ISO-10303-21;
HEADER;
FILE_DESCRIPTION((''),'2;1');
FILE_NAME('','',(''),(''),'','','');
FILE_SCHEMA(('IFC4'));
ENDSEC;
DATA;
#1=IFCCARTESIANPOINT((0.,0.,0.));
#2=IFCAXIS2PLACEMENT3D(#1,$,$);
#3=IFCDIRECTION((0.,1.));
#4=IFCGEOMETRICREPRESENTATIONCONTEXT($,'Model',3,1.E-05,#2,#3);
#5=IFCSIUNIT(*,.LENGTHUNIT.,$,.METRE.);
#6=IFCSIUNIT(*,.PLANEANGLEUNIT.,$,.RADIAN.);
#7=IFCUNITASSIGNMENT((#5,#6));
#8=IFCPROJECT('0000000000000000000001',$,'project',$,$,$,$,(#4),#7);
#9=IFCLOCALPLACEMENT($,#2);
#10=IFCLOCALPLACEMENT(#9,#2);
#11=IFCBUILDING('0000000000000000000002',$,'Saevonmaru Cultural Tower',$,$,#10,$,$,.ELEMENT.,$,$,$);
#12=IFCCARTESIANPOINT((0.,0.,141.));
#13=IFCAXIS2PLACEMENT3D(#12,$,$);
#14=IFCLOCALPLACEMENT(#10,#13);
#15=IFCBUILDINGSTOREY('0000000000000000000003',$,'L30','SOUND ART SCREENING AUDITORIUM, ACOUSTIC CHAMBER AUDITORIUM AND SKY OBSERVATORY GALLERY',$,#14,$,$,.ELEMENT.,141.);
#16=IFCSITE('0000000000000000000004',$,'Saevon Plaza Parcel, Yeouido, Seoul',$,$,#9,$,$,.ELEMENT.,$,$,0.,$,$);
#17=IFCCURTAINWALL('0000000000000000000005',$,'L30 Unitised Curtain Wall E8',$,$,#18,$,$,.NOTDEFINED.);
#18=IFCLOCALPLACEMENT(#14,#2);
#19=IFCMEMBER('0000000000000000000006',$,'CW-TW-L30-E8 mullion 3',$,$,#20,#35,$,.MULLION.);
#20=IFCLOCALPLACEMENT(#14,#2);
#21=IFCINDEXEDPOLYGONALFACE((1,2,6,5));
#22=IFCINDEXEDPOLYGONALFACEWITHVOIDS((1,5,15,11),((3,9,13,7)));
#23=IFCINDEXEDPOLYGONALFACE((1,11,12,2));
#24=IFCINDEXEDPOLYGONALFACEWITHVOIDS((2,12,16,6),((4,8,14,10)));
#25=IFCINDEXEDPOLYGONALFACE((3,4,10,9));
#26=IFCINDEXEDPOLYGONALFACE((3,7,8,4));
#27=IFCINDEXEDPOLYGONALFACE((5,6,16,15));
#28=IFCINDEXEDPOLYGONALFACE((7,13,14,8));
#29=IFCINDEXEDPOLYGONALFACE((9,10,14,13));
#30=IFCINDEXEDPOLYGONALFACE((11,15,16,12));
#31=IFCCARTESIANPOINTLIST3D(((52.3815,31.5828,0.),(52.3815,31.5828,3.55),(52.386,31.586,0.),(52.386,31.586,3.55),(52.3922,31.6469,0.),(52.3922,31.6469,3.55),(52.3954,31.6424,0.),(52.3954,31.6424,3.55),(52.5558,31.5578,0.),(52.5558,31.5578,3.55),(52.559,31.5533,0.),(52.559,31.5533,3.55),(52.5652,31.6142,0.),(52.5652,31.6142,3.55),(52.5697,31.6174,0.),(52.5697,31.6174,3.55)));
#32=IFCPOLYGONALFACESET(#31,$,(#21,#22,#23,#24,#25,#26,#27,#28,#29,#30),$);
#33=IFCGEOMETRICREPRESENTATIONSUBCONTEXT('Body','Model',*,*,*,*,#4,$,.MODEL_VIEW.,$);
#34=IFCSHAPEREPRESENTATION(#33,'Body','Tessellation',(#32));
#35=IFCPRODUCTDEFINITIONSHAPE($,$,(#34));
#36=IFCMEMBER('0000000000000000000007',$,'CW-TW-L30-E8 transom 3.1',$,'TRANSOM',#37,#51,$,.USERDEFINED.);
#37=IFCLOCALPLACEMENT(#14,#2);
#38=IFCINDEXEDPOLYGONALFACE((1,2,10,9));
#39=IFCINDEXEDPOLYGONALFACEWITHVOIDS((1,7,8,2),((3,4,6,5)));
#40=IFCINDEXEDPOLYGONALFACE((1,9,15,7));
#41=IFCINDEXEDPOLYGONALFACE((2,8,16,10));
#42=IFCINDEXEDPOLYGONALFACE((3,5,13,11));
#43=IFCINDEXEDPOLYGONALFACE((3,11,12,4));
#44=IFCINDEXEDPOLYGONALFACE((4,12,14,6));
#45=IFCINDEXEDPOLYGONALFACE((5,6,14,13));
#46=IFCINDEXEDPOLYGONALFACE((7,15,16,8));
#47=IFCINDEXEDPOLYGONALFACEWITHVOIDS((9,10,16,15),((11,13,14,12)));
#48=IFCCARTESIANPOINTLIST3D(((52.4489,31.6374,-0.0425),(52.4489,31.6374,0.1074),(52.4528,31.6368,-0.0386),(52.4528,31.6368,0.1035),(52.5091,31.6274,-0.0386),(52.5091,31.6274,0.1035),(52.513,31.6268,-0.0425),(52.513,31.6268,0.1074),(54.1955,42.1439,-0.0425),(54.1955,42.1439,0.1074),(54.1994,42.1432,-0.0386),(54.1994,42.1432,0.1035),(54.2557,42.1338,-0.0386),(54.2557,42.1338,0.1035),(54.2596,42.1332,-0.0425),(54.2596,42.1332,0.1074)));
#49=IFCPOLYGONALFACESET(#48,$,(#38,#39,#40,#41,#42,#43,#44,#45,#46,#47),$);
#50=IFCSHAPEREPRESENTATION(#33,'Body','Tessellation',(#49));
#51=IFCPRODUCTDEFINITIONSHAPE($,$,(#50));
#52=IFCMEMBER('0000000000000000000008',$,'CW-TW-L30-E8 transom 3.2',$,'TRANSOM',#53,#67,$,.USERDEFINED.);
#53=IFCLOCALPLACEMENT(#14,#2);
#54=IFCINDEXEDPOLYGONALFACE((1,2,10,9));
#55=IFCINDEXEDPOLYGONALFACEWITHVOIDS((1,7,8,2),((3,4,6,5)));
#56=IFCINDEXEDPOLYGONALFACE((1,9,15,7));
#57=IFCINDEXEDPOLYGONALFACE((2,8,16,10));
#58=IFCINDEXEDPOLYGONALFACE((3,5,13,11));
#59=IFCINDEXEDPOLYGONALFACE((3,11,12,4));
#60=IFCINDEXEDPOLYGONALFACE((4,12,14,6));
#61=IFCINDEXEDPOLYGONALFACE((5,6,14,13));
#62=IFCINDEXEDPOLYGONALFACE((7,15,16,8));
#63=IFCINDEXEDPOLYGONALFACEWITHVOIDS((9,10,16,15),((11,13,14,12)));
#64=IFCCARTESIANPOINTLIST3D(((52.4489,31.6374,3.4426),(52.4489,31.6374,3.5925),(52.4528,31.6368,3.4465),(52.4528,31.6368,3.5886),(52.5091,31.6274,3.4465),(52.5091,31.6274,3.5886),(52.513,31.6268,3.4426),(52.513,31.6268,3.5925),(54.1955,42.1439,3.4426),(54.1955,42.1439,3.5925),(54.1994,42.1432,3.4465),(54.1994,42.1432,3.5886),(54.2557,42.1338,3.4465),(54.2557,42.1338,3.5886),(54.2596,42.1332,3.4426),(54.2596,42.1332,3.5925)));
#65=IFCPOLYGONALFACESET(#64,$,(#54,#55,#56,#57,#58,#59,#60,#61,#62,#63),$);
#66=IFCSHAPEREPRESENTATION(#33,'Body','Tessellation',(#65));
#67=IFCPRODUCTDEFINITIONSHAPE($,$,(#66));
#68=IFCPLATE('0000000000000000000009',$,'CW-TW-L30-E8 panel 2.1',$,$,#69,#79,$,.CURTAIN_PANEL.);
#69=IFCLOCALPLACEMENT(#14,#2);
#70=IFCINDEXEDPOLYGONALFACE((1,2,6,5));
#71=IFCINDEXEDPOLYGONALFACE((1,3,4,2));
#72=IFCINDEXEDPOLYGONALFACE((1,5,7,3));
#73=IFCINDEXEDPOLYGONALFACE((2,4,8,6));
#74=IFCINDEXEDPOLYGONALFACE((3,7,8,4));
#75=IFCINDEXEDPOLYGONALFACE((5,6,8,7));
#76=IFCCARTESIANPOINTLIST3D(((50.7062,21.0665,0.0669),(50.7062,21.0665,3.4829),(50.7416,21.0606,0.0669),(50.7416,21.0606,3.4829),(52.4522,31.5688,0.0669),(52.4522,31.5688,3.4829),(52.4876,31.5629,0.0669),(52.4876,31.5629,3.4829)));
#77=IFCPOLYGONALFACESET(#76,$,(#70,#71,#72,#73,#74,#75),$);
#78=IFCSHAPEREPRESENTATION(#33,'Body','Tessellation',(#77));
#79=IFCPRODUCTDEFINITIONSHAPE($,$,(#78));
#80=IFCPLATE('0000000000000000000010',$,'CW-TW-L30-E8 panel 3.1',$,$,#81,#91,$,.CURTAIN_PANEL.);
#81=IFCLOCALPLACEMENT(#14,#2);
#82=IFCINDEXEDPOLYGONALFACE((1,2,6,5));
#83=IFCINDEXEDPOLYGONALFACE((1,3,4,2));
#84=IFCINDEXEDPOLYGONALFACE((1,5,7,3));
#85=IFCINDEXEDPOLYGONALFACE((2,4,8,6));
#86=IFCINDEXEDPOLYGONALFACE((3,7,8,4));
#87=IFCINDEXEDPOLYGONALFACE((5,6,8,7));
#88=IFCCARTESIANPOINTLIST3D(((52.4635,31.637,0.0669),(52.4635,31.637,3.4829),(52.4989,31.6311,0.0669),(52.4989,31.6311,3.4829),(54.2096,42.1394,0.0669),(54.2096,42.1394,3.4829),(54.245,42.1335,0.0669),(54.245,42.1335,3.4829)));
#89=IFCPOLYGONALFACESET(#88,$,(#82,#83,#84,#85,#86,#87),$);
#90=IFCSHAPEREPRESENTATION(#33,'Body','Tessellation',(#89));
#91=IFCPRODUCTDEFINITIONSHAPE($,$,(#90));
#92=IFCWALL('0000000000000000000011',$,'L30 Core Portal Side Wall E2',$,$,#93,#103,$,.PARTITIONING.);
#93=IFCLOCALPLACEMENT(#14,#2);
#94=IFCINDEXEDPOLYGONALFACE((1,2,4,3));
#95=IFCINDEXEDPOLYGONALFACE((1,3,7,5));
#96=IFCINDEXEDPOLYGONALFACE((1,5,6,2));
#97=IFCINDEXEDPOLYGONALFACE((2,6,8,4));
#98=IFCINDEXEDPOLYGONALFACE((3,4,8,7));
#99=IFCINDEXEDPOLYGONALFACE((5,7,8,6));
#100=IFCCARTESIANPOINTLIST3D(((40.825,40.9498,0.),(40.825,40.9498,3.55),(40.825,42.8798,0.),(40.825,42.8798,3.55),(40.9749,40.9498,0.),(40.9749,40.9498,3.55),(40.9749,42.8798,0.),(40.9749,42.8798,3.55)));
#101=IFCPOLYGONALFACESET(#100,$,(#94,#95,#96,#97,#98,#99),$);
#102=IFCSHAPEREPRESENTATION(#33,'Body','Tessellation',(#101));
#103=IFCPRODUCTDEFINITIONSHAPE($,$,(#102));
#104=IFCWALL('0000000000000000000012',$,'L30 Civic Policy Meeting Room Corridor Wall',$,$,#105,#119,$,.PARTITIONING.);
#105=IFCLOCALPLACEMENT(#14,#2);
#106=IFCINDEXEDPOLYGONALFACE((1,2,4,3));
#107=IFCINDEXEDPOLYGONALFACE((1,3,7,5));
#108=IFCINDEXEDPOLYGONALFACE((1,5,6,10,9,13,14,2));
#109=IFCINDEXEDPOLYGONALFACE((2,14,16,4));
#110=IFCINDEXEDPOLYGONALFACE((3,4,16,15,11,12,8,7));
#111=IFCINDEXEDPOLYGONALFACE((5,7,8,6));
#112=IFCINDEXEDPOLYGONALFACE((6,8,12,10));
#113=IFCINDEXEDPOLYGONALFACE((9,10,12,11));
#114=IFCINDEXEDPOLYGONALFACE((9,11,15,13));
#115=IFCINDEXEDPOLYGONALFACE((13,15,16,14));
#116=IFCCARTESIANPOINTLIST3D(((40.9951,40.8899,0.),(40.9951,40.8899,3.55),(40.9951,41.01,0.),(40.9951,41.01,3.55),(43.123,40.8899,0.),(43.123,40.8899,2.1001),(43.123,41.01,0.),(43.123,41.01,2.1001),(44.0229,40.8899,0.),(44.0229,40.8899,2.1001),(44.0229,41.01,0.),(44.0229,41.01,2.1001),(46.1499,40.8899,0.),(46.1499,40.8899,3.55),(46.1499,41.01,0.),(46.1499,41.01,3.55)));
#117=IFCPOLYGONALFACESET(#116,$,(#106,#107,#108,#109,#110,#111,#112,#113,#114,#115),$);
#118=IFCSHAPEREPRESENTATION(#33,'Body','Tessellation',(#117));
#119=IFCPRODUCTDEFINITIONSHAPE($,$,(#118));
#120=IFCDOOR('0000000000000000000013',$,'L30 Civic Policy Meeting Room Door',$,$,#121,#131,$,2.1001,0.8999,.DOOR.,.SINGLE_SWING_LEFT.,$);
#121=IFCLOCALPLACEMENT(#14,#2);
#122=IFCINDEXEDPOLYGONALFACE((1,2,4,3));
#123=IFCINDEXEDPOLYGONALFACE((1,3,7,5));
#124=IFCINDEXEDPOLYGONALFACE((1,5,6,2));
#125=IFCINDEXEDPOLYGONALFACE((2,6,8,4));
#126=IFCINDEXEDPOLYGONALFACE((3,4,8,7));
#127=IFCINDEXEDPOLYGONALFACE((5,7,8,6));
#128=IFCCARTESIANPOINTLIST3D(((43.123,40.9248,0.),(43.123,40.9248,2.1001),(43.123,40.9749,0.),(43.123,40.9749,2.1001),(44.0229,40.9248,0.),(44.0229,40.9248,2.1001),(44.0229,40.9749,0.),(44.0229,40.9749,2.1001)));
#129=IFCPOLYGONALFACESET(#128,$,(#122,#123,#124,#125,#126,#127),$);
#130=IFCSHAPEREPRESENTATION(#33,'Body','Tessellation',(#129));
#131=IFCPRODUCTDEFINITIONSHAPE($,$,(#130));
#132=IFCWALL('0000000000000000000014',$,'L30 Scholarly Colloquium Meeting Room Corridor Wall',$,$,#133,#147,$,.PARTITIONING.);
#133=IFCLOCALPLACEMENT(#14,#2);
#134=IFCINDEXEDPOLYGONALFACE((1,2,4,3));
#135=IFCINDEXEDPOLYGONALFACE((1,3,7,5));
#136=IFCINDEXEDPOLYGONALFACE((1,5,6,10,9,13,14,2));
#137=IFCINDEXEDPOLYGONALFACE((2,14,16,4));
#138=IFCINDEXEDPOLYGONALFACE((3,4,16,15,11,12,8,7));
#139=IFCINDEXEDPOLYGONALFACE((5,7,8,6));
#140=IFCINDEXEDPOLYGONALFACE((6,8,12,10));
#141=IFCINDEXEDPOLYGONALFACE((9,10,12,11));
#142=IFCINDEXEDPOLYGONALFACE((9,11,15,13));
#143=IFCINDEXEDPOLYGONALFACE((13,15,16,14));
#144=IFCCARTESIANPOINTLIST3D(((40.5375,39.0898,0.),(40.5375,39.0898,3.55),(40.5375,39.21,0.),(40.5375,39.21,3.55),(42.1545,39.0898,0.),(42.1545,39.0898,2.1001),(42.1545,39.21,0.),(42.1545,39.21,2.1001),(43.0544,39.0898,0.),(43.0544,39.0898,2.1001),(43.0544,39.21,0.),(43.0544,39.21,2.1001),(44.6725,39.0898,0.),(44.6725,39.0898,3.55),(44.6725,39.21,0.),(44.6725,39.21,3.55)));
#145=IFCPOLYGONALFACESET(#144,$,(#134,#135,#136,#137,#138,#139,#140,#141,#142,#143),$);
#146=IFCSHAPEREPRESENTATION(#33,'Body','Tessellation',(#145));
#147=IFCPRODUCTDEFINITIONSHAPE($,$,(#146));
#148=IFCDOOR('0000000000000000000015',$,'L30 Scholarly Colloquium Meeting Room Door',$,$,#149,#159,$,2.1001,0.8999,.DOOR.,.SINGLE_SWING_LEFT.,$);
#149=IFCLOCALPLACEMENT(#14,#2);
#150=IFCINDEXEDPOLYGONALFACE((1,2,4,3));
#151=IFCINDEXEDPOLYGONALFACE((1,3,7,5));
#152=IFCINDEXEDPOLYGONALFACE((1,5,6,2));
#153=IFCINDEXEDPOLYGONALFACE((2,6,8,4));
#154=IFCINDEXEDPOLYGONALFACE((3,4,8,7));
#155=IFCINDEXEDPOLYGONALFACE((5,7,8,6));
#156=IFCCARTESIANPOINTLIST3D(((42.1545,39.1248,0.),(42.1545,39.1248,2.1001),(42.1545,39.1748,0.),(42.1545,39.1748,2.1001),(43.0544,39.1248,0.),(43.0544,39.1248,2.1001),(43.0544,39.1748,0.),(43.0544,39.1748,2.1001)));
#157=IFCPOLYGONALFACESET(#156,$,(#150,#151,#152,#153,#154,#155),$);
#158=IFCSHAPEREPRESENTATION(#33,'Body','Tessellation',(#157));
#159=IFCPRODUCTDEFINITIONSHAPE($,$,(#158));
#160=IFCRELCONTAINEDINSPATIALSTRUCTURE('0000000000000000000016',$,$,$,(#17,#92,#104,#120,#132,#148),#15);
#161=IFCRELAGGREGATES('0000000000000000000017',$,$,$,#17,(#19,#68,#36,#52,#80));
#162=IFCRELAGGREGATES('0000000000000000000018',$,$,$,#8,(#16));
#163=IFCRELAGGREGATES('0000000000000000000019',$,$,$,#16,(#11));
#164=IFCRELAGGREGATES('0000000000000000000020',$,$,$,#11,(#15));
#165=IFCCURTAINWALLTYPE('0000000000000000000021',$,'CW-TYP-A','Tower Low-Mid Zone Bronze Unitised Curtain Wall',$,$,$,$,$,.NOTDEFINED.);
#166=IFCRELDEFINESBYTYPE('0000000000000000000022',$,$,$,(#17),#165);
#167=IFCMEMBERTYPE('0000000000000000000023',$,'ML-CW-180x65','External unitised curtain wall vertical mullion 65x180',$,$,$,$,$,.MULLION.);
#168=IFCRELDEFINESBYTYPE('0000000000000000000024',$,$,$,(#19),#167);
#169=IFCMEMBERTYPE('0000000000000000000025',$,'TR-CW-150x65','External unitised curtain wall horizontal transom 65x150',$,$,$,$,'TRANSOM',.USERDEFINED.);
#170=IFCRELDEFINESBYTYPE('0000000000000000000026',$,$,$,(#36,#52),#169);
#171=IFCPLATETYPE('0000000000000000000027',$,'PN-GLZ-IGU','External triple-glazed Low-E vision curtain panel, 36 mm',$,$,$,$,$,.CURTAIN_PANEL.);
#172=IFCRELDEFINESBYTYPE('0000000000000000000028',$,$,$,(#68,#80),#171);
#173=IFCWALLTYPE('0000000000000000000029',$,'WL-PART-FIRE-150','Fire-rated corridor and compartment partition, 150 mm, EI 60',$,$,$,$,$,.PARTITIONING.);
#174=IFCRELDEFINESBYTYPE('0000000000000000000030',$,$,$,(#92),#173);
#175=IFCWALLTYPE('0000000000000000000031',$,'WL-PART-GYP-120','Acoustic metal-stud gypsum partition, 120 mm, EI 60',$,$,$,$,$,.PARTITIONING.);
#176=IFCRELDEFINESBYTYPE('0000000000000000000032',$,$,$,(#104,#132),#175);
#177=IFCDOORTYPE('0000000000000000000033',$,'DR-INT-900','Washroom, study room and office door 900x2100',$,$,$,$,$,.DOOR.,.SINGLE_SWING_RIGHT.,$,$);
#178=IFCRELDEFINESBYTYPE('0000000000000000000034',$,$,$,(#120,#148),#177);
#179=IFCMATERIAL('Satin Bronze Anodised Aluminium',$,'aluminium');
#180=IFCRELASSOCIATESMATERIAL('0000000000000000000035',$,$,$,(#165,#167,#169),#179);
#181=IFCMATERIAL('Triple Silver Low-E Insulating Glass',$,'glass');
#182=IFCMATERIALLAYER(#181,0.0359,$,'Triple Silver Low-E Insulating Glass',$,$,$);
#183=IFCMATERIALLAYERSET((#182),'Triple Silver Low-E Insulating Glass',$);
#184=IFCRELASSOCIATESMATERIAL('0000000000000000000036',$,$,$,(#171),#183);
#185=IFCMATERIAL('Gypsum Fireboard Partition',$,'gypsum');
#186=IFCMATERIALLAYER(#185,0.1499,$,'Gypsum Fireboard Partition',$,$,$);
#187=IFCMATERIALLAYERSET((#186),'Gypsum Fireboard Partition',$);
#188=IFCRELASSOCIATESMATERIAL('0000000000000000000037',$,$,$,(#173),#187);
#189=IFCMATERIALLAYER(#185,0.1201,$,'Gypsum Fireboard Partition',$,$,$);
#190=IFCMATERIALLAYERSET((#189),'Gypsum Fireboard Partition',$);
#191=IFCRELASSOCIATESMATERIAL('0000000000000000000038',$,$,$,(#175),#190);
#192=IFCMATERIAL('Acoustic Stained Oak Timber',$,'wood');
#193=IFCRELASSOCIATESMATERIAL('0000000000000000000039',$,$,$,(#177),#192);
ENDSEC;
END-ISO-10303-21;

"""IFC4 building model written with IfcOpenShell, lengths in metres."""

from ifc_helpers import new_model, si_unit, direction, frame, frame_2d, origin, origin_2d, place, context, subcontext, project, spatial, rectangle, hollow_rectangle, extrude, material, layer, layer_set, material_profile, profile_set, type_object, element, fill, aggregate, save


model = new_model("IFC4")

# Units and contexts
model_context = context("Model", 3, precision=1e-05, world=origin(), true_north=direction((0.0, 1.0)))
body_context = subcontext(model_context, "Body", "Model", "MODEL_VIEW")
ifc_project = project(units=[si_unit("LENGTHUNIT", "METRE"), si_unit("PLANEANGLEUNIT", "RADIAN")], contexts=[model_context])

# Site, building, storey
site_placement = place(None, origin())
site = spatial("IfcSite", under=ifc_project, at=site_placement, Name="Saevon Plaza Parcel, Yeouido, Seoul", CompositionType="ELEMENT", RefElevation=0.0)
building_placement = place(site_placement, origin())
building = spatial("IfcBuilding", under=site, at=building_placement, Name="Saevonmaru Cultural Tower", CompositionType="ELEMENT")
storey_placement = place(building_placement, frame((0.0, 0.0, 141.0)))
storey = spatial("IfcBuildingStorey", under=building, at=storey_placement, Name="L30", Description="SOUND ART SCREENING AUDITORIUM, ACOUSTIC CHAMBER AUDITORIUM AND SKY OBSERVATORY GALLERY", CompositionType="ELEMENT", Elevation=141.0)

# Curtain wall, members, plates
ifc_material_1 = material(Name="Satin Bronze Anodised Aluminium", Category="aluminium")
curtain_wall_type = type_object("IfcCurtainWallType", Name="CW-TYP-A", Description="Tower Low-Mid Zone Bronze Unitised Curtain Wall", PredefinedType="NOTDEFINED", material=ifc_material_1)
curtain_wall_placement = place(storey_placement, origin())
curtain_wall = element("IfcCurtainWall", 1, at=curtain_wall_placement, inside=storey, type_object=curtain_wall_type, Name="L30 Unitised Curtain Wall E8", PredefinedType="NOTDEFINED")
ifc_material_profile_1 = material_profile(ifc_material_1, hollow_rectangle(XDim=0.0649, YDim=0.1799, WallThickness=0.0039, at=origin_2d()), Name="ALU-MULL-180x65x4")
ifc_profile_set_1 = profile_set([ifc_material_profile_1], Name="Satin Bronze Anodised Aluminium")
member_type_1 = type_object("IfcMemberType", Name="ML-CW-180x65", Description="External unitised curtain wall vertical mullion 65x180", PredefinedType="MULLION", material=ifc_profile_set_1)
member_1_placement = place(storey_placement, frame((52.4756, 31.6001, 0.0), z_axis=(0.0, 0.0, 1.0), x_axis=(0.163999, 0.986461, 0.0)))
member_1 = element("IfcMember", 2, at=member_1_placement, type_object=member_type_1, Name="CW-TW-L30-E8 mullion 3", PredefinedType="MULLION", context=body_context, shape_type="SweptSolid", body=[
    extrude(hollow_rectangle(XDim=0.0649, YDim=0.1799, WallThickness=0.0039, at=origin_2d()), origin(), (0.0, 0.0, 1.0), 3.55),
])
ifc_material_profile_2 = material_profile(ifc_material_1, hollow_rectangle(XDim=0.0649, YDim=0.1499, WallThickness=0.0039, at=origin_2d()), Name="ALU-TRAN-150x65x4")
ifc_profile_set_2 = profile_set([ifc_material_profile_2], Name="Satin Bronze Anodised Aluminium")
member_type_2 = type_object("IfcMemberType", Name="TR-CW-150x65", Description="External unitised curtain wall horizontal transom 65x150", ElementType="TRANSOM", PredefinedType="USERDEFINED", material=ifc_profile_set_2)
member_2_placement = place(storey_placement, frame((52.481, 31.6321, 0.0325), z_axis=(0.16399, 0.986462, 0.0), x_axis=(-0.986462, 0.16399, 0.0)))
member_2 = element("IfcMember", 3, at=member_2_placement, type_object=member_type_2, Name="CW-TW-L30-E8 transom 3.1", ObjectType="TRANSOM", PredefinedType="USERDEFINED", context=body_context, shape_type="SweptSolid", body=[
    extrude(hollow_rectangle(XDim=0.0649, YDim=0.1499, WallThickness=0.0039, at=origin_2d()), origin(), (0.0, 0.0, 1.0), 10.6506),
])
member_3_placement = place(storey_placement, frame((52.481, 31.6321, 3.5176), z_axis=(0.16399, 0.986462, 0.0), x_axis=(-0.986462, 0.16399, 0.0)))
member_3 = element("IfcMember", 4, at=member_3_placement, type_object=member_type_2, Name="CW-TW-L30-E8 transom 3.2", ObjectType="TRANSOM", PredefinedType="USERDEFINED", context=body_context, shape_type="SweptSolid", body=[
    extrude(hollow_rectangle(XDim=0.0649, YDim=0.1499, WallThickness=0.0039, at=origin_2d()), origin(), (0.0, 0.0, 1.0), 10.6506),
])
ifc_material_2 = material(Name="Triple Silver Low-E Insulating Glass", Category="glass")
ifc_layer_1 = layer(ifc_material_2, 0.0359, Name="Triple Silver Low-E Insulating Glass")
ifc_layer_set_1 = layer_set([ifc_layer_1], Name="Triple Silver Low-E Insulating Glass")
plate_type = type_object("IfcPlateType", Name="PN-GLZ-IGU", Description="External triple-glazed Low-E vision curtain panel, 36 mm", PredefinedType="CURTAIN_PANEL", material=ifc_layer_set_1)
plate_1_placement = place(storey_placement, frame((51.5969, 26.3147, 0.0669), z_axis=(0.0, 0.0, 1.0), x_axis=(0.163999, 0.986461, 0.0)))
plate_1 = element("IfcPlate", 5, at=plate_1_placement, type_object=plate_type, Name="CW-TW-L30-E8 panel 2.1", PredefinedType="CURTAIN_PANEL", context=body_context, shape_type="SweptSolid", body=[
    extrude(rectangle(XDim=10.6465, YDim=0.0359, at=origin_2d()), origin(), (0.0, 0.0, 1.0), 3.416),
])
plate_2_placement = place(storey_placement, frame((53.3542, 36.8853, 0.0669), z_axis=(0.0, 0.0, 1.0), x_axis=(0.163999, 0.986461, 0.0)))
plate_2 = element("IfcPlate", 6, at=plate_2_placement, type_object=plate_type, Name="CW-TW-L30-E8 panel 3.1", PredefinedType="CURTAIN_PANEL", context=body_context, shape_type="SweptSolid", body=[
    extrude(rectangle(XDim=10.6465, YDim=0.0359, at=origin_2d()), origin(), (0.0, 0.0, 1.0), 3.416),
])
aggregate(curtain_wall, [member_1, plate_1, member_2, member_3, plate_2])

# Wall
ifc_material_3 = material(Name="Gypsum Fireboard Partition", Category="gypsum")
ifc_layer_2 = layer(ifc_material_3, 0.1499, Name="Gypsum Fireboard Partition")
ifc_layer_set_2 = layer_set([ifc_layer_2], Name="Gypsum Fireboard Partition")
wall_type_1 = type_object("IfcWallType", Name="WL-PART-FIRE-150", Description="Fire-rated corridor and compartment partition, 150 mm, EI 60", PredefinedType="PARTITIONING", material=ifc_layer_set_2)
wall_1_placement = place(storey_placement, frame((40.8999, 40.95, 0.0), z_axis=(0.0, 0.0, 1.0), x_axis=(0.0, 1.0, 0.0)))
element("IfcWall", 7, at=wall_1_placement, inside=storey, type_object=wall_type_1, Name="L30 Core Portal Side Wall E2", PredefinedType="PARTITIONING", context=body_context, shape_type="SweptSolid", body=[
    extrude(rectangle(XDim=1.9299, YDim=0.1499, at=frame_2d((0.9648, 0.0))), origin(), (0.0, 0.0, 1.0), 3.55),
])

# Walls, openings, doors
ifc_layer_3 = layer(ifc_material_3, 0.1201, Name="Gypsum Fireboard Partition")
ifc_layer_set_3 = layer_set([ifc_layer_3], Name="Gypsum Fireboard Partition")
wall_type_2 = type_object("IfcWallType", Name="WL-PART-GYP-120", Description="Acoustic metal-stud gypsum partition, 120 mm, EI 60", PredefinedType="PARTITIONING", material=ifc_layer_set_3)
wall_2_placement = place(storey_placement, frame((40.9951, 40.95, 0.0), z_axis=(0.0, 0.0, 1.0), x_axis=(1.0, 0.0, 0.0)))
wall_2 = element("IfcWall", 8, at=wall_2_placement, inside=storey, type_object=wall_type_2, Name="L30 Civic Policy Meeting Room Corridor Wall", PredefinedType="PARTITIONING", context=body_context, shape_type="SweptSolid", body=[
    extrude(rectangle(XDim=5.1548, YDim=0.1201, at=frame_2d((2.5774, 0.0))), origin(), (0.0, 0.0, 1.0), 3.55),
])
opening_1_placement = place(wall_2_placement, frame((2.1279, 0.0, 0.0)))
opening_1 = element("IfcOpeningElement", 9, at=opening_1_placement, cuts=wall_2, PredefinedType="OPENING", context=body_context, shape_type="SweptSolid", body=[
    extrude(rectangle(XDim=0.8999, YDim=2.1001, at=frame_2d((0.45, 1.05))), frame((0.0, 0.0701, 0.0), z_axis=(0.0, -1.0, 0.0), x_axis=(1.0, 0.0, 0.0)), (0.0, 0.0, 1.0), 0.1401),
])
ifc_material_4 = material(Name="Acoustic Stained Oak Timber", Category="wood")
door_type_1 = type_object("IfcDoorType", Name="DR-INT-900", Description="Washroom, study room and office door 900x2100", OperationType="SINGLE_SWING_RIGHT", PredefinedType="DOOR", material=ifc_material_4)
door_1_placement = place(opening_1_placement, origin())
door_1 = element("IfcDoor", 10, at=door_1_placement, inside=storey, type_object=door_type_1, Name="L30 Civic Policy Meeting Room Door", OperationType="SINGLE_SWING_LEFT", OverallHeight=2.1001, OverallWidth=0.8999, PredefinedType="DOOR", context=body_context, shape_type="SweptSolid", body=[
    extrude(rectangle(XDim=0.8999, YDim=2.1001, at=frame_2d((0.45, 1.05))), frame((0.0, 0.0249, 0.0), z_axis=(0.0, -1.0, 0.0), x_axis=(1.0, 0.0, 0.0)), (0.0, 0.0, 1.0), 0.05),
])
fill(opening_1, door_1)
wall_3_placement = place(storey_placement, frame((40.5376, 39.1499, 0.0), z_axis=(0.0, 0.0, 1.0), x_axis=(1.0, 0.0, 0.0)))
wall_3 = element("IfcWall", 11, at=wall_3_placement, inside=storey, type_object=wall_type_2, Name="L30 Scholarly Colloquium Meeting Room Corridor Wall", PredefinedType="PARTITIONING", context=body_context, shape_type="SweptSolid", body=[
    extrude(rectangle(XDim=4.135, YDim=0.1201, at=frame_2d((2.0674, 0.0))), origin(), (0.0, 0.0, 1.0), 3.55),
])
opening_2_placement = place(wall_3_placement, frame((1.6169, 0.0, 0.0)))
opening_2 = element("IfcOpeningElement", 12, at=opening_2_placement, cuts=wall_3, PredefinedType="OPENING", context=body_context, shape_type="SweptSolid", body=[
    extrude(rectangle(XDim=0.8999, YDim=2.1001, at=frame_2d((0.45, 1.05))), frame((0.0, 0.0701, 0.0), z_axis=(0.0, -1.0, 0.0), x_axis=(1.0, 0.0, 0.0)), (0.0, 0.0, 1.0), 0.1401),
])
door_2_placement = place(opening_2_placement, origin())
door_2 = element("IfcDoor", 13, at=door_2_placement, inside=storey, type_object=door_type_1, Name="L30 Scholarly Colloquium Meeting Room Door", OperationType="SINGLE_SWING_LEFT", OverallHeight=2.1001, OverallWidth=0.8999, PredefinedType="DOOR", context=body_context, shape_type="SweptSolid", body=[
    extrude(rectangle(XDim=0.8999, YDim=2.1001, at=frame_2d((0.45, 1.05))), frame((0.0, 0.0249, 0.0), z_axis=(0.0, -1.0, 0.0), x_axis=(1.0, 0.0, 0.0)), (0.0, 0.0, 1.0), 0.05),
])
fill(opening_2, door_2)

save(model, "model.ifc")
